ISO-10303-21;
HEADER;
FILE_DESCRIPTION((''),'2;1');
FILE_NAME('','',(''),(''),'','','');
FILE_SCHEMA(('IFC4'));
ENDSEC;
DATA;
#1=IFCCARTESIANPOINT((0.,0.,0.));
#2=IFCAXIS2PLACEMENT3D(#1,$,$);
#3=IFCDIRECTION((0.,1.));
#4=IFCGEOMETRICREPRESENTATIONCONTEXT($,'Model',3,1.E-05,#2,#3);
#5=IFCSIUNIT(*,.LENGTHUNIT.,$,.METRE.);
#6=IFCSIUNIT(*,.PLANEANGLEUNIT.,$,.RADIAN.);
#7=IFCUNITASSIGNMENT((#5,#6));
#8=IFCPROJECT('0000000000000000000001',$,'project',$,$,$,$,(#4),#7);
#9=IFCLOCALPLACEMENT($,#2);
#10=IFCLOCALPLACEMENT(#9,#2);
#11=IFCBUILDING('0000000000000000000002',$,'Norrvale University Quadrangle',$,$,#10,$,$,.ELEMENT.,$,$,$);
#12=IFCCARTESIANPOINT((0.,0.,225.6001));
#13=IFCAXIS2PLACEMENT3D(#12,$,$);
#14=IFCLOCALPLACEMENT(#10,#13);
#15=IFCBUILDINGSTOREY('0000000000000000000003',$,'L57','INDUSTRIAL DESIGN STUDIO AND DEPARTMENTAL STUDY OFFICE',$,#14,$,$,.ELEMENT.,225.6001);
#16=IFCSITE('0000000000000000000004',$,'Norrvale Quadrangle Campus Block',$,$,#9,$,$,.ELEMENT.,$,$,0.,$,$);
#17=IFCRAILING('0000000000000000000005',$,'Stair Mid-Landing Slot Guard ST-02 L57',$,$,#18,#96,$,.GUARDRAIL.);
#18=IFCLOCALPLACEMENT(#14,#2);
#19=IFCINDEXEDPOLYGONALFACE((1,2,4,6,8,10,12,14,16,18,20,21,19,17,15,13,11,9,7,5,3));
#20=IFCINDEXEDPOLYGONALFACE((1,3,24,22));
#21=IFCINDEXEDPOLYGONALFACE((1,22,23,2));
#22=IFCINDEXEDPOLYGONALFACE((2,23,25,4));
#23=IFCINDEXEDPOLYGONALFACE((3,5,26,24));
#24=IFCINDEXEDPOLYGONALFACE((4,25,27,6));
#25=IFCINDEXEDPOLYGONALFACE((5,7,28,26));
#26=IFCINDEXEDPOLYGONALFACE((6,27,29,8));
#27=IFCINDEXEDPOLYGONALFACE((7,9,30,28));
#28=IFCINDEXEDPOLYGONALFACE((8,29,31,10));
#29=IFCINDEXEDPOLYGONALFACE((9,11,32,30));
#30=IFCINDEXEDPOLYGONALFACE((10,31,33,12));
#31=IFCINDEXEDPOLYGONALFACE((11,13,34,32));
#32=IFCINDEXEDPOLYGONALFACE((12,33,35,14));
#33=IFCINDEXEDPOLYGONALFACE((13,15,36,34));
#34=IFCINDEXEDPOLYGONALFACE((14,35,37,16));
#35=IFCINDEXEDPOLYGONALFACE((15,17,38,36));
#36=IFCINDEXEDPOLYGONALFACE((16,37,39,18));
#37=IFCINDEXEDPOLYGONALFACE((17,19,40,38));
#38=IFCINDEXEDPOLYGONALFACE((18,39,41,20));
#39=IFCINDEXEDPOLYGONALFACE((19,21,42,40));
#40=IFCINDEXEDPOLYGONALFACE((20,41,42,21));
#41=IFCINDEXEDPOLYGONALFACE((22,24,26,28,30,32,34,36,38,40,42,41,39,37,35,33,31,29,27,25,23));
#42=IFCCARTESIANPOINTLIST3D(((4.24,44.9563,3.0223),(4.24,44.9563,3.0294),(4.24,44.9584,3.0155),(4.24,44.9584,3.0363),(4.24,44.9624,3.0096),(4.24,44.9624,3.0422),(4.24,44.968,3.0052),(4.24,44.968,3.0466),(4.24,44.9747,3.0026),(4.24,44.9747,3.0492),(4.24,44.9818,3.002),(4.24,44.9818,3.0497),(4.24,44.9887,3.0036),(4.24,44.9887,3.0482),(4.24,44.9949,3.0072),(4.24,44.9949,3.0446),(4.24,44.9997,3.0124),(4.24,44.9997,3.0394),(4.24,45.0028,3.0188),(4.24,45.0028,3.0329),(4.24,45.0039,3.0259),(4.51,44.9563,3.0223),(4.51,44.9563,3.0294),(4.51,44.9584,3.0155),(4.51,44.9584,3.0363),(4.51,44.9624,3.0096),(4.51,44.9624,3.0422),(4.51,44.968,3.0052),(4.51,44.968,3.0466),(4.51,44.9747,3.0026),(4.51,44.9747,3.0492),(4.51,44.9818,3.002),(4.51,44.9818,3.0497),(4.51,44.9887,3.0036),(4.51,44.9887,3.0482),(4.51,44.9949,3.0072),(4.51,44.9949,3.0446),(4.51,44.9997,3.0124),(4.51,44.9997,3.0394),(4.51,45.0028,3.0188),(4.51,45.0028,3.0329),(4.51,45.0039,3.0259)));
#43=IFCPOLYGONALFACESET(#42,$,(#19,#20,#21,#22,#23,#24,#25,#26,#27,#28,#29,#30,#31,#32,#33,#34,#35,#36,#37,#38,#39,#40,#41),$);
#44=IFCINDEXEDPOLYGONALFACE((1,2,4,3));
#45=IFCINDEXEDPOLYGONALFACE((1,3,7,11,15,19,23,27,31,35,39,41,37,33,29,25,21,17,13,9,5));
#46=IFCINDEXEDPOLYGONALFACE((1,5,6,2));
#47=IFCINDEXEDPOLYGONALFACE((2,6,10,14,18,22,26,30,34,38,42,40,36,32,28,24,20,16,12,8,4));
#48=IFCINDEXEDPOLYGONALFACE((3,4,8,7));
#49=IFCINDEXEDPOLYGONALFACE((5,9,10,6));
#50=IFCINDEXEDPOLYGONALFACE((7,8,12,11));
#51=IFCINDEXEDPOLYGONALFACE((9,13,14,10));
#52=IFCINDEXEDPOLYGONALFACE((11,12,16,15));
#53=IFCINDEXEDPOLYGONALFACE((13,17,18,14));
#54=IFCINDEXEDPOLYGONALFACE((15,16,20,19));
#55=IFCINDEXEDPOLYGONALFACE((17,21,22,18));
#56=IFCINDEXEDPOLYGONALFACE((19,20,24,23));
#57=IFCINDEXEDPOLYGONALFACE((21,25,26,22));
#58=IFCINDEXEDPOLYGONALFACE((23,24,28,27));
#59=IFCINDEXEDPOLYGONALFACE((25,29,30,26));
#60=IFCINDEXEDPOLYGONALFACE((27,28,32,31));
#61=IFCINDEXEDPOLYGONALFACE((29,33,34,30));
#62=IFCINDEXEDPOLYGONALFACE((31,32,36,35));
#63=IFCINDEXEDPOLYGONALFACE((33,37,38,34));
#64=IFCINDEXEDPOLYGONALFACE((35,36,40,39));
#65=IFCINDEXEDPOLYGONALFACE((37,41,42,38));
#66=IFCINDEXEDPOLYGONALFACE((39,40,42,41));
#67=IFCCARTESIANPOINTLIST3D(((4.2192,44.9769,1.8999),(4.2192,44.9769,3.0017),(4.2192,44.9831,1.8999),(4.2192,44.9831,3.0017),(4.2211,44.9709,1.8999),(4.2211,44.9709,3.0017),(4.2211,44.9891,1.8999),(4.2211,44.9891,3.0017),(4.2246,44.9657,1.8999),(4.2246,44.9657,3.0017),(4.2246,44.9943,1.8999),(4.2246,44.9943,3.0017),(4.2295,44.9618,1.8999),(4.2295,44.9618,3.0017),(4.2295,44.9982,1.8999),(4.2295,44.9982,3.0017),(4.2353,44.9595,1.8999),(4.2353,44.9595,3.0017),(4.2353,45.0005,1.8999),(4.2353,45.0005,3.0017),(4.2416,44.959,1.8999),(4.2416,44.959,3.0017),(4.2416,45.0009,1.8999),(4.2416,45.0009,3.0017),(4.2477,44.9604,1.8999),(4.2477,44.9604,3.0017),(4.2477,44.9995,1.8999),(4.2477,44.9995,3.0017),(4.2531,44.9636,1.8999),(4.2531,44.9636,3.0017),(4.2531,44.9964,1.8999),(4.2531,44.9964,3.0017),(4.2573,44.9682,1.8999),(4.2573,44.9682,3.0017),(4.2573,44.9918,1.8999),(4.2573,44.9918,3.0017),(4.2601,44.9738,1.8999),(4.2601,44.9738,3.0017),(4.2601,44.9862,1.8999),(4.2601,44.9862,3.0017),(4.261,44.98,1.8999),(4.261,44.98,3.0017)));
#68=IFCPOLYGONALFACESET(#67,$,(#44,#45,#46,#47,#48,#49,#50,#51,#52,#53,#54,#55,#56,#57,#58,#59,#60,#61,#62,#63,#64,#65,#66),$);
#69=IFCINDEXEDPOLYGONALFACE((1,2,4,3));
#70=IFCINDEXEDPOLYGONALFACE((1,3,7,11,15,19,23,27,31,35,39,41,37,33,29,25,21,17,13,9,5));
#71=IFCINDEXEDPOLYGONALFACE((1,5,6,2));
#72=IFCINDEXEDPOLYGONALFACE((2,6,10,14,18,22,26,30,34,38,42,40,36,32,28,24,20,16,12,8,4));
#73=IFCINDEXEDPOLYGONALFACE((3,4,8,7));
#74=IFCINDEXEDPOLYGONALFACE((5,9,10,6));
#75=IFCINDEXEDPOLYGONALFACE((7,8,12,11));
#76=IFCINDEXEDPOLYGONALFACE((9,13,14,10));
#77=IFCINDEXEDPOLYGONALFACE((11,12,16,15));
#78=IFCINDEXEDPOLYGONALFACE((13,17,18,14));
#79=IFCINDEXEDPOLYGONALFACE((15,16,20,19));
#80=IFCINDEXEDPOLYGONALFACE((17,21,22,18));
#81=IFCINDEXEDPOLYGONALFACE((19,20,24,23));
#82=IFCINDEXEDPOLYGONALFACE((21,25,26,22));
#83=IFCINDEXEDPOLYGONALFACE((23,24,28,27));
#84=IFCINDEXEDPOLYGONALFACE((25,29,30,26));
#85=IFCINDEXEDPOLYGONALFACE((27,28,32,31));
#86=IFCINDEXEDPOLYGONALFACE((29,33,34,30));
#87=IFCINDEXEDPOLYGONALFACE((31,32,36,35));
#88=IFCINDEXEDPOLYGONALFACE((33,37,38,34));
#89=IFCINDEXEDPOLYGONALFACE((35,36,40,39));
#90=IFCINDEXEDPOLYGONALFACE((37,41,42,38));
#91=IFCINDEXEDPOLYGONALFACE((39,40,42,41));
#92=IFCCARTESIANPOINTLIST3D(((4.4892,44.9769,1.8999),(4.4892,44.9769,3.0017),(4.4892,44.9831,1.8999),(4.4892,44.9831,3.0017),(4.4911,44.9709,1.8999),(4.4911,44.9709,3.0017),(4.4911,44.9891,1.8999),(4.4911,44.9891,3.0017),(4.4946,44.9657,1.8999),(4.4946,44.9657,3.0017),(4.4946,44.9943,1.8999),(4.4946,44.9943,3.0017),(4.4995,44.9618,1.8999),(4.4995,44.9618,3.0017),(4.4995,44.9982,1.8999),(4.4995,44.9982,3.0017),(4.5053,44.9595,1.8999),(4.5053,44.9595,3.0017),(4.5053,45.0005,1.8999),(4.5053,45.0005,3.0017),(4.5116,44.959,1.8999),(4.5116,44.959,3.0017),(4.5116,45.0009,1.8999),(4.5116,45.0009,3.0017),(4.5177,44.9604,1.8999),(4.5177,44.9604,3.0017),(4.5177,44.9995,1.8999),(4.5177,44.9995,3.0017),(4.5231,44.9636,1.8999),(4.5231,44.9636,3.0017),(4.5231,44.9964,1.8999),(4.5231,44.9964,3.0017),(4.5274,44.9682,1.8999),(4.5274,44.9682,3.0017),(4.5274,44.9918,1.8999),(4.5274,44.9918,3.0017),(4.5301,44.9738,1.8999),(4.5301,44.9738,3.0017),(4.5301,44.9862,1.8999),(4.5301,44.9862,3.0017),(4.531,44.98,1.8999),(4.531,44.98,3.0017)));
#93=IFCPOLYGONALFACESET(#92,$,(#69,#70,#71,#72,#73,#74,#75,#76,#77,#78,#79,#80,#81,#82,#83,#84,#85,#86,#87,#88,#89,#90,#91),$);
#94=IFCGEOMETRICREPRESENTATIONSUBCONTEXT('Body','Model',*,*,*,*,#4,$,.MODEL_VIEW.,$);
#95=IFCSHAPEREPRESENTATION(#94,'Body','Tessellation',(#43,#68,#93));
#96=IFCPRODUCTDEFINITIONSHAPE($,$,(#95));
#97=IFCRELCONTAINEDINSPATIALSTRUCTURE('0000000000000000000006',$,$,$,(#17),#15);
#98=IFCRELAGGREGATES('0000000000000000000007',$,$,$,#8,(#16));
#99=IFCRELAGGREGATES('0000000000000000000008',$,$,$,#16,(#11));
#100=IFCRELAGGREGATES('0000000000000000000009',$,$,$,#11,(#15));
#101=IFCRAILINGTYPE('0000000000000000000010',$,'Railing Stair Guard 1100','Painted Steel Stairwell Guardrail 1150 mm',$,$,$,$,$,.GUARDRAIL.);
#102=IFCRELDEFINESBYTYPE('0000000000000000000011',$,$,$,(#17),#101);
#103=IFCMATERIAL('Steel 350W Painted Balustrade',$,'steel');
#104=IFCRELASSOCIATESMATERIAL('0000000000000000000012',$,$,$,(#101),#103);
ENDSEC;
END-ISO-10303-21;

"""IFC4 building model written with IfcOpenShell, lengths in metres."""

from ifc_helpers import new_model, si_unit, direction, frame, origin, origin_2d, place, context, subcontext, project, spatial, circle, extrude, material, type_object, element, save


model = new_model("IFC4")

# Units and contexts
model_context = context("Model", 3, precision=1e-05, world=origin(), true_north=direction((0.0, 1.0)))
body_context = subcontext(model_context, "Body", "Model", "MODEL_VIEW")
ifc_project = project(units=[si_unit("LENGTHUNIT", "METRE"), si_unit("PLANEANGLEUNIT", "RADIAN")], contexts=[model_context])

# Site, building, storey
site_placement = place(None, origin())
site = spatial("IfcSite", under=ifc_project, at=site_placement, Name="Norrvale Quadrangle Campus Block", CompositionType="ELEMENT", RefElevation=0.0)
building_placement = place(site_placement, origin())
building = spatial("IfcBuilding", under=site, at=building_placement, Name="Norrvale University Quadrangle", CompositionType="ELEMENT")
storey_placement = place(building_placement, frame((0.0, 0.0, 225.6001)))
storey = spatial("IfcBuildingStorey", under=building, at=storey_placement, Name="L57", Description="INDUSTRIAL DESIGN STUDIO AND DEPARTMENTAL STUDY OFFICE", CompositionType="ELEMENT", Elevation=225.6001)

# Railing
ifc_material_1 = material(Name="Steel 350W Painted Balustrade", Category="steel")
railing_type_1 = type_object("IfcRailingType", Name="Railing Stair Guard 1100", Description="Painted Steel Stairwell Guardrail 1150 mm", PredefinedType="GUARDRAIL", material=ifc_material_1)
railing_1_placement = place(storey_placement, frame((4.24, 44.98, 1.8999)))
element("IfcRailing", 1, at=railing_1_placement, inside=storey, type_object=railing_type_1, Name="Stair Mid-Landing Slot Guard ST-02 L57", PredefinedType="GUARDRAIL", context=body_context, shape_type="SweptSolid", body=[
    extrude(circle(Radius=0.0239, at=origin_2d()), frame((0.0, 0.0, 1.126), z_axis=(1.0, 0.0, 0.0), x_axis=(0.0, 1.0, 0.0)), (0.0, 0.0, 1.0), 0.27),
    extrude(circle(Radius=0.021, at=origin_2d()), origin(), (0.0, 0.0, 1.0), 1.1018),
    extrude(circle(Radius=0.021, at=origin_2d()), frame((0.27, 0.0, 0.0)), (0.0, 0.0, 1.0), 1.1018),
])

save(model, "model.ifc")
